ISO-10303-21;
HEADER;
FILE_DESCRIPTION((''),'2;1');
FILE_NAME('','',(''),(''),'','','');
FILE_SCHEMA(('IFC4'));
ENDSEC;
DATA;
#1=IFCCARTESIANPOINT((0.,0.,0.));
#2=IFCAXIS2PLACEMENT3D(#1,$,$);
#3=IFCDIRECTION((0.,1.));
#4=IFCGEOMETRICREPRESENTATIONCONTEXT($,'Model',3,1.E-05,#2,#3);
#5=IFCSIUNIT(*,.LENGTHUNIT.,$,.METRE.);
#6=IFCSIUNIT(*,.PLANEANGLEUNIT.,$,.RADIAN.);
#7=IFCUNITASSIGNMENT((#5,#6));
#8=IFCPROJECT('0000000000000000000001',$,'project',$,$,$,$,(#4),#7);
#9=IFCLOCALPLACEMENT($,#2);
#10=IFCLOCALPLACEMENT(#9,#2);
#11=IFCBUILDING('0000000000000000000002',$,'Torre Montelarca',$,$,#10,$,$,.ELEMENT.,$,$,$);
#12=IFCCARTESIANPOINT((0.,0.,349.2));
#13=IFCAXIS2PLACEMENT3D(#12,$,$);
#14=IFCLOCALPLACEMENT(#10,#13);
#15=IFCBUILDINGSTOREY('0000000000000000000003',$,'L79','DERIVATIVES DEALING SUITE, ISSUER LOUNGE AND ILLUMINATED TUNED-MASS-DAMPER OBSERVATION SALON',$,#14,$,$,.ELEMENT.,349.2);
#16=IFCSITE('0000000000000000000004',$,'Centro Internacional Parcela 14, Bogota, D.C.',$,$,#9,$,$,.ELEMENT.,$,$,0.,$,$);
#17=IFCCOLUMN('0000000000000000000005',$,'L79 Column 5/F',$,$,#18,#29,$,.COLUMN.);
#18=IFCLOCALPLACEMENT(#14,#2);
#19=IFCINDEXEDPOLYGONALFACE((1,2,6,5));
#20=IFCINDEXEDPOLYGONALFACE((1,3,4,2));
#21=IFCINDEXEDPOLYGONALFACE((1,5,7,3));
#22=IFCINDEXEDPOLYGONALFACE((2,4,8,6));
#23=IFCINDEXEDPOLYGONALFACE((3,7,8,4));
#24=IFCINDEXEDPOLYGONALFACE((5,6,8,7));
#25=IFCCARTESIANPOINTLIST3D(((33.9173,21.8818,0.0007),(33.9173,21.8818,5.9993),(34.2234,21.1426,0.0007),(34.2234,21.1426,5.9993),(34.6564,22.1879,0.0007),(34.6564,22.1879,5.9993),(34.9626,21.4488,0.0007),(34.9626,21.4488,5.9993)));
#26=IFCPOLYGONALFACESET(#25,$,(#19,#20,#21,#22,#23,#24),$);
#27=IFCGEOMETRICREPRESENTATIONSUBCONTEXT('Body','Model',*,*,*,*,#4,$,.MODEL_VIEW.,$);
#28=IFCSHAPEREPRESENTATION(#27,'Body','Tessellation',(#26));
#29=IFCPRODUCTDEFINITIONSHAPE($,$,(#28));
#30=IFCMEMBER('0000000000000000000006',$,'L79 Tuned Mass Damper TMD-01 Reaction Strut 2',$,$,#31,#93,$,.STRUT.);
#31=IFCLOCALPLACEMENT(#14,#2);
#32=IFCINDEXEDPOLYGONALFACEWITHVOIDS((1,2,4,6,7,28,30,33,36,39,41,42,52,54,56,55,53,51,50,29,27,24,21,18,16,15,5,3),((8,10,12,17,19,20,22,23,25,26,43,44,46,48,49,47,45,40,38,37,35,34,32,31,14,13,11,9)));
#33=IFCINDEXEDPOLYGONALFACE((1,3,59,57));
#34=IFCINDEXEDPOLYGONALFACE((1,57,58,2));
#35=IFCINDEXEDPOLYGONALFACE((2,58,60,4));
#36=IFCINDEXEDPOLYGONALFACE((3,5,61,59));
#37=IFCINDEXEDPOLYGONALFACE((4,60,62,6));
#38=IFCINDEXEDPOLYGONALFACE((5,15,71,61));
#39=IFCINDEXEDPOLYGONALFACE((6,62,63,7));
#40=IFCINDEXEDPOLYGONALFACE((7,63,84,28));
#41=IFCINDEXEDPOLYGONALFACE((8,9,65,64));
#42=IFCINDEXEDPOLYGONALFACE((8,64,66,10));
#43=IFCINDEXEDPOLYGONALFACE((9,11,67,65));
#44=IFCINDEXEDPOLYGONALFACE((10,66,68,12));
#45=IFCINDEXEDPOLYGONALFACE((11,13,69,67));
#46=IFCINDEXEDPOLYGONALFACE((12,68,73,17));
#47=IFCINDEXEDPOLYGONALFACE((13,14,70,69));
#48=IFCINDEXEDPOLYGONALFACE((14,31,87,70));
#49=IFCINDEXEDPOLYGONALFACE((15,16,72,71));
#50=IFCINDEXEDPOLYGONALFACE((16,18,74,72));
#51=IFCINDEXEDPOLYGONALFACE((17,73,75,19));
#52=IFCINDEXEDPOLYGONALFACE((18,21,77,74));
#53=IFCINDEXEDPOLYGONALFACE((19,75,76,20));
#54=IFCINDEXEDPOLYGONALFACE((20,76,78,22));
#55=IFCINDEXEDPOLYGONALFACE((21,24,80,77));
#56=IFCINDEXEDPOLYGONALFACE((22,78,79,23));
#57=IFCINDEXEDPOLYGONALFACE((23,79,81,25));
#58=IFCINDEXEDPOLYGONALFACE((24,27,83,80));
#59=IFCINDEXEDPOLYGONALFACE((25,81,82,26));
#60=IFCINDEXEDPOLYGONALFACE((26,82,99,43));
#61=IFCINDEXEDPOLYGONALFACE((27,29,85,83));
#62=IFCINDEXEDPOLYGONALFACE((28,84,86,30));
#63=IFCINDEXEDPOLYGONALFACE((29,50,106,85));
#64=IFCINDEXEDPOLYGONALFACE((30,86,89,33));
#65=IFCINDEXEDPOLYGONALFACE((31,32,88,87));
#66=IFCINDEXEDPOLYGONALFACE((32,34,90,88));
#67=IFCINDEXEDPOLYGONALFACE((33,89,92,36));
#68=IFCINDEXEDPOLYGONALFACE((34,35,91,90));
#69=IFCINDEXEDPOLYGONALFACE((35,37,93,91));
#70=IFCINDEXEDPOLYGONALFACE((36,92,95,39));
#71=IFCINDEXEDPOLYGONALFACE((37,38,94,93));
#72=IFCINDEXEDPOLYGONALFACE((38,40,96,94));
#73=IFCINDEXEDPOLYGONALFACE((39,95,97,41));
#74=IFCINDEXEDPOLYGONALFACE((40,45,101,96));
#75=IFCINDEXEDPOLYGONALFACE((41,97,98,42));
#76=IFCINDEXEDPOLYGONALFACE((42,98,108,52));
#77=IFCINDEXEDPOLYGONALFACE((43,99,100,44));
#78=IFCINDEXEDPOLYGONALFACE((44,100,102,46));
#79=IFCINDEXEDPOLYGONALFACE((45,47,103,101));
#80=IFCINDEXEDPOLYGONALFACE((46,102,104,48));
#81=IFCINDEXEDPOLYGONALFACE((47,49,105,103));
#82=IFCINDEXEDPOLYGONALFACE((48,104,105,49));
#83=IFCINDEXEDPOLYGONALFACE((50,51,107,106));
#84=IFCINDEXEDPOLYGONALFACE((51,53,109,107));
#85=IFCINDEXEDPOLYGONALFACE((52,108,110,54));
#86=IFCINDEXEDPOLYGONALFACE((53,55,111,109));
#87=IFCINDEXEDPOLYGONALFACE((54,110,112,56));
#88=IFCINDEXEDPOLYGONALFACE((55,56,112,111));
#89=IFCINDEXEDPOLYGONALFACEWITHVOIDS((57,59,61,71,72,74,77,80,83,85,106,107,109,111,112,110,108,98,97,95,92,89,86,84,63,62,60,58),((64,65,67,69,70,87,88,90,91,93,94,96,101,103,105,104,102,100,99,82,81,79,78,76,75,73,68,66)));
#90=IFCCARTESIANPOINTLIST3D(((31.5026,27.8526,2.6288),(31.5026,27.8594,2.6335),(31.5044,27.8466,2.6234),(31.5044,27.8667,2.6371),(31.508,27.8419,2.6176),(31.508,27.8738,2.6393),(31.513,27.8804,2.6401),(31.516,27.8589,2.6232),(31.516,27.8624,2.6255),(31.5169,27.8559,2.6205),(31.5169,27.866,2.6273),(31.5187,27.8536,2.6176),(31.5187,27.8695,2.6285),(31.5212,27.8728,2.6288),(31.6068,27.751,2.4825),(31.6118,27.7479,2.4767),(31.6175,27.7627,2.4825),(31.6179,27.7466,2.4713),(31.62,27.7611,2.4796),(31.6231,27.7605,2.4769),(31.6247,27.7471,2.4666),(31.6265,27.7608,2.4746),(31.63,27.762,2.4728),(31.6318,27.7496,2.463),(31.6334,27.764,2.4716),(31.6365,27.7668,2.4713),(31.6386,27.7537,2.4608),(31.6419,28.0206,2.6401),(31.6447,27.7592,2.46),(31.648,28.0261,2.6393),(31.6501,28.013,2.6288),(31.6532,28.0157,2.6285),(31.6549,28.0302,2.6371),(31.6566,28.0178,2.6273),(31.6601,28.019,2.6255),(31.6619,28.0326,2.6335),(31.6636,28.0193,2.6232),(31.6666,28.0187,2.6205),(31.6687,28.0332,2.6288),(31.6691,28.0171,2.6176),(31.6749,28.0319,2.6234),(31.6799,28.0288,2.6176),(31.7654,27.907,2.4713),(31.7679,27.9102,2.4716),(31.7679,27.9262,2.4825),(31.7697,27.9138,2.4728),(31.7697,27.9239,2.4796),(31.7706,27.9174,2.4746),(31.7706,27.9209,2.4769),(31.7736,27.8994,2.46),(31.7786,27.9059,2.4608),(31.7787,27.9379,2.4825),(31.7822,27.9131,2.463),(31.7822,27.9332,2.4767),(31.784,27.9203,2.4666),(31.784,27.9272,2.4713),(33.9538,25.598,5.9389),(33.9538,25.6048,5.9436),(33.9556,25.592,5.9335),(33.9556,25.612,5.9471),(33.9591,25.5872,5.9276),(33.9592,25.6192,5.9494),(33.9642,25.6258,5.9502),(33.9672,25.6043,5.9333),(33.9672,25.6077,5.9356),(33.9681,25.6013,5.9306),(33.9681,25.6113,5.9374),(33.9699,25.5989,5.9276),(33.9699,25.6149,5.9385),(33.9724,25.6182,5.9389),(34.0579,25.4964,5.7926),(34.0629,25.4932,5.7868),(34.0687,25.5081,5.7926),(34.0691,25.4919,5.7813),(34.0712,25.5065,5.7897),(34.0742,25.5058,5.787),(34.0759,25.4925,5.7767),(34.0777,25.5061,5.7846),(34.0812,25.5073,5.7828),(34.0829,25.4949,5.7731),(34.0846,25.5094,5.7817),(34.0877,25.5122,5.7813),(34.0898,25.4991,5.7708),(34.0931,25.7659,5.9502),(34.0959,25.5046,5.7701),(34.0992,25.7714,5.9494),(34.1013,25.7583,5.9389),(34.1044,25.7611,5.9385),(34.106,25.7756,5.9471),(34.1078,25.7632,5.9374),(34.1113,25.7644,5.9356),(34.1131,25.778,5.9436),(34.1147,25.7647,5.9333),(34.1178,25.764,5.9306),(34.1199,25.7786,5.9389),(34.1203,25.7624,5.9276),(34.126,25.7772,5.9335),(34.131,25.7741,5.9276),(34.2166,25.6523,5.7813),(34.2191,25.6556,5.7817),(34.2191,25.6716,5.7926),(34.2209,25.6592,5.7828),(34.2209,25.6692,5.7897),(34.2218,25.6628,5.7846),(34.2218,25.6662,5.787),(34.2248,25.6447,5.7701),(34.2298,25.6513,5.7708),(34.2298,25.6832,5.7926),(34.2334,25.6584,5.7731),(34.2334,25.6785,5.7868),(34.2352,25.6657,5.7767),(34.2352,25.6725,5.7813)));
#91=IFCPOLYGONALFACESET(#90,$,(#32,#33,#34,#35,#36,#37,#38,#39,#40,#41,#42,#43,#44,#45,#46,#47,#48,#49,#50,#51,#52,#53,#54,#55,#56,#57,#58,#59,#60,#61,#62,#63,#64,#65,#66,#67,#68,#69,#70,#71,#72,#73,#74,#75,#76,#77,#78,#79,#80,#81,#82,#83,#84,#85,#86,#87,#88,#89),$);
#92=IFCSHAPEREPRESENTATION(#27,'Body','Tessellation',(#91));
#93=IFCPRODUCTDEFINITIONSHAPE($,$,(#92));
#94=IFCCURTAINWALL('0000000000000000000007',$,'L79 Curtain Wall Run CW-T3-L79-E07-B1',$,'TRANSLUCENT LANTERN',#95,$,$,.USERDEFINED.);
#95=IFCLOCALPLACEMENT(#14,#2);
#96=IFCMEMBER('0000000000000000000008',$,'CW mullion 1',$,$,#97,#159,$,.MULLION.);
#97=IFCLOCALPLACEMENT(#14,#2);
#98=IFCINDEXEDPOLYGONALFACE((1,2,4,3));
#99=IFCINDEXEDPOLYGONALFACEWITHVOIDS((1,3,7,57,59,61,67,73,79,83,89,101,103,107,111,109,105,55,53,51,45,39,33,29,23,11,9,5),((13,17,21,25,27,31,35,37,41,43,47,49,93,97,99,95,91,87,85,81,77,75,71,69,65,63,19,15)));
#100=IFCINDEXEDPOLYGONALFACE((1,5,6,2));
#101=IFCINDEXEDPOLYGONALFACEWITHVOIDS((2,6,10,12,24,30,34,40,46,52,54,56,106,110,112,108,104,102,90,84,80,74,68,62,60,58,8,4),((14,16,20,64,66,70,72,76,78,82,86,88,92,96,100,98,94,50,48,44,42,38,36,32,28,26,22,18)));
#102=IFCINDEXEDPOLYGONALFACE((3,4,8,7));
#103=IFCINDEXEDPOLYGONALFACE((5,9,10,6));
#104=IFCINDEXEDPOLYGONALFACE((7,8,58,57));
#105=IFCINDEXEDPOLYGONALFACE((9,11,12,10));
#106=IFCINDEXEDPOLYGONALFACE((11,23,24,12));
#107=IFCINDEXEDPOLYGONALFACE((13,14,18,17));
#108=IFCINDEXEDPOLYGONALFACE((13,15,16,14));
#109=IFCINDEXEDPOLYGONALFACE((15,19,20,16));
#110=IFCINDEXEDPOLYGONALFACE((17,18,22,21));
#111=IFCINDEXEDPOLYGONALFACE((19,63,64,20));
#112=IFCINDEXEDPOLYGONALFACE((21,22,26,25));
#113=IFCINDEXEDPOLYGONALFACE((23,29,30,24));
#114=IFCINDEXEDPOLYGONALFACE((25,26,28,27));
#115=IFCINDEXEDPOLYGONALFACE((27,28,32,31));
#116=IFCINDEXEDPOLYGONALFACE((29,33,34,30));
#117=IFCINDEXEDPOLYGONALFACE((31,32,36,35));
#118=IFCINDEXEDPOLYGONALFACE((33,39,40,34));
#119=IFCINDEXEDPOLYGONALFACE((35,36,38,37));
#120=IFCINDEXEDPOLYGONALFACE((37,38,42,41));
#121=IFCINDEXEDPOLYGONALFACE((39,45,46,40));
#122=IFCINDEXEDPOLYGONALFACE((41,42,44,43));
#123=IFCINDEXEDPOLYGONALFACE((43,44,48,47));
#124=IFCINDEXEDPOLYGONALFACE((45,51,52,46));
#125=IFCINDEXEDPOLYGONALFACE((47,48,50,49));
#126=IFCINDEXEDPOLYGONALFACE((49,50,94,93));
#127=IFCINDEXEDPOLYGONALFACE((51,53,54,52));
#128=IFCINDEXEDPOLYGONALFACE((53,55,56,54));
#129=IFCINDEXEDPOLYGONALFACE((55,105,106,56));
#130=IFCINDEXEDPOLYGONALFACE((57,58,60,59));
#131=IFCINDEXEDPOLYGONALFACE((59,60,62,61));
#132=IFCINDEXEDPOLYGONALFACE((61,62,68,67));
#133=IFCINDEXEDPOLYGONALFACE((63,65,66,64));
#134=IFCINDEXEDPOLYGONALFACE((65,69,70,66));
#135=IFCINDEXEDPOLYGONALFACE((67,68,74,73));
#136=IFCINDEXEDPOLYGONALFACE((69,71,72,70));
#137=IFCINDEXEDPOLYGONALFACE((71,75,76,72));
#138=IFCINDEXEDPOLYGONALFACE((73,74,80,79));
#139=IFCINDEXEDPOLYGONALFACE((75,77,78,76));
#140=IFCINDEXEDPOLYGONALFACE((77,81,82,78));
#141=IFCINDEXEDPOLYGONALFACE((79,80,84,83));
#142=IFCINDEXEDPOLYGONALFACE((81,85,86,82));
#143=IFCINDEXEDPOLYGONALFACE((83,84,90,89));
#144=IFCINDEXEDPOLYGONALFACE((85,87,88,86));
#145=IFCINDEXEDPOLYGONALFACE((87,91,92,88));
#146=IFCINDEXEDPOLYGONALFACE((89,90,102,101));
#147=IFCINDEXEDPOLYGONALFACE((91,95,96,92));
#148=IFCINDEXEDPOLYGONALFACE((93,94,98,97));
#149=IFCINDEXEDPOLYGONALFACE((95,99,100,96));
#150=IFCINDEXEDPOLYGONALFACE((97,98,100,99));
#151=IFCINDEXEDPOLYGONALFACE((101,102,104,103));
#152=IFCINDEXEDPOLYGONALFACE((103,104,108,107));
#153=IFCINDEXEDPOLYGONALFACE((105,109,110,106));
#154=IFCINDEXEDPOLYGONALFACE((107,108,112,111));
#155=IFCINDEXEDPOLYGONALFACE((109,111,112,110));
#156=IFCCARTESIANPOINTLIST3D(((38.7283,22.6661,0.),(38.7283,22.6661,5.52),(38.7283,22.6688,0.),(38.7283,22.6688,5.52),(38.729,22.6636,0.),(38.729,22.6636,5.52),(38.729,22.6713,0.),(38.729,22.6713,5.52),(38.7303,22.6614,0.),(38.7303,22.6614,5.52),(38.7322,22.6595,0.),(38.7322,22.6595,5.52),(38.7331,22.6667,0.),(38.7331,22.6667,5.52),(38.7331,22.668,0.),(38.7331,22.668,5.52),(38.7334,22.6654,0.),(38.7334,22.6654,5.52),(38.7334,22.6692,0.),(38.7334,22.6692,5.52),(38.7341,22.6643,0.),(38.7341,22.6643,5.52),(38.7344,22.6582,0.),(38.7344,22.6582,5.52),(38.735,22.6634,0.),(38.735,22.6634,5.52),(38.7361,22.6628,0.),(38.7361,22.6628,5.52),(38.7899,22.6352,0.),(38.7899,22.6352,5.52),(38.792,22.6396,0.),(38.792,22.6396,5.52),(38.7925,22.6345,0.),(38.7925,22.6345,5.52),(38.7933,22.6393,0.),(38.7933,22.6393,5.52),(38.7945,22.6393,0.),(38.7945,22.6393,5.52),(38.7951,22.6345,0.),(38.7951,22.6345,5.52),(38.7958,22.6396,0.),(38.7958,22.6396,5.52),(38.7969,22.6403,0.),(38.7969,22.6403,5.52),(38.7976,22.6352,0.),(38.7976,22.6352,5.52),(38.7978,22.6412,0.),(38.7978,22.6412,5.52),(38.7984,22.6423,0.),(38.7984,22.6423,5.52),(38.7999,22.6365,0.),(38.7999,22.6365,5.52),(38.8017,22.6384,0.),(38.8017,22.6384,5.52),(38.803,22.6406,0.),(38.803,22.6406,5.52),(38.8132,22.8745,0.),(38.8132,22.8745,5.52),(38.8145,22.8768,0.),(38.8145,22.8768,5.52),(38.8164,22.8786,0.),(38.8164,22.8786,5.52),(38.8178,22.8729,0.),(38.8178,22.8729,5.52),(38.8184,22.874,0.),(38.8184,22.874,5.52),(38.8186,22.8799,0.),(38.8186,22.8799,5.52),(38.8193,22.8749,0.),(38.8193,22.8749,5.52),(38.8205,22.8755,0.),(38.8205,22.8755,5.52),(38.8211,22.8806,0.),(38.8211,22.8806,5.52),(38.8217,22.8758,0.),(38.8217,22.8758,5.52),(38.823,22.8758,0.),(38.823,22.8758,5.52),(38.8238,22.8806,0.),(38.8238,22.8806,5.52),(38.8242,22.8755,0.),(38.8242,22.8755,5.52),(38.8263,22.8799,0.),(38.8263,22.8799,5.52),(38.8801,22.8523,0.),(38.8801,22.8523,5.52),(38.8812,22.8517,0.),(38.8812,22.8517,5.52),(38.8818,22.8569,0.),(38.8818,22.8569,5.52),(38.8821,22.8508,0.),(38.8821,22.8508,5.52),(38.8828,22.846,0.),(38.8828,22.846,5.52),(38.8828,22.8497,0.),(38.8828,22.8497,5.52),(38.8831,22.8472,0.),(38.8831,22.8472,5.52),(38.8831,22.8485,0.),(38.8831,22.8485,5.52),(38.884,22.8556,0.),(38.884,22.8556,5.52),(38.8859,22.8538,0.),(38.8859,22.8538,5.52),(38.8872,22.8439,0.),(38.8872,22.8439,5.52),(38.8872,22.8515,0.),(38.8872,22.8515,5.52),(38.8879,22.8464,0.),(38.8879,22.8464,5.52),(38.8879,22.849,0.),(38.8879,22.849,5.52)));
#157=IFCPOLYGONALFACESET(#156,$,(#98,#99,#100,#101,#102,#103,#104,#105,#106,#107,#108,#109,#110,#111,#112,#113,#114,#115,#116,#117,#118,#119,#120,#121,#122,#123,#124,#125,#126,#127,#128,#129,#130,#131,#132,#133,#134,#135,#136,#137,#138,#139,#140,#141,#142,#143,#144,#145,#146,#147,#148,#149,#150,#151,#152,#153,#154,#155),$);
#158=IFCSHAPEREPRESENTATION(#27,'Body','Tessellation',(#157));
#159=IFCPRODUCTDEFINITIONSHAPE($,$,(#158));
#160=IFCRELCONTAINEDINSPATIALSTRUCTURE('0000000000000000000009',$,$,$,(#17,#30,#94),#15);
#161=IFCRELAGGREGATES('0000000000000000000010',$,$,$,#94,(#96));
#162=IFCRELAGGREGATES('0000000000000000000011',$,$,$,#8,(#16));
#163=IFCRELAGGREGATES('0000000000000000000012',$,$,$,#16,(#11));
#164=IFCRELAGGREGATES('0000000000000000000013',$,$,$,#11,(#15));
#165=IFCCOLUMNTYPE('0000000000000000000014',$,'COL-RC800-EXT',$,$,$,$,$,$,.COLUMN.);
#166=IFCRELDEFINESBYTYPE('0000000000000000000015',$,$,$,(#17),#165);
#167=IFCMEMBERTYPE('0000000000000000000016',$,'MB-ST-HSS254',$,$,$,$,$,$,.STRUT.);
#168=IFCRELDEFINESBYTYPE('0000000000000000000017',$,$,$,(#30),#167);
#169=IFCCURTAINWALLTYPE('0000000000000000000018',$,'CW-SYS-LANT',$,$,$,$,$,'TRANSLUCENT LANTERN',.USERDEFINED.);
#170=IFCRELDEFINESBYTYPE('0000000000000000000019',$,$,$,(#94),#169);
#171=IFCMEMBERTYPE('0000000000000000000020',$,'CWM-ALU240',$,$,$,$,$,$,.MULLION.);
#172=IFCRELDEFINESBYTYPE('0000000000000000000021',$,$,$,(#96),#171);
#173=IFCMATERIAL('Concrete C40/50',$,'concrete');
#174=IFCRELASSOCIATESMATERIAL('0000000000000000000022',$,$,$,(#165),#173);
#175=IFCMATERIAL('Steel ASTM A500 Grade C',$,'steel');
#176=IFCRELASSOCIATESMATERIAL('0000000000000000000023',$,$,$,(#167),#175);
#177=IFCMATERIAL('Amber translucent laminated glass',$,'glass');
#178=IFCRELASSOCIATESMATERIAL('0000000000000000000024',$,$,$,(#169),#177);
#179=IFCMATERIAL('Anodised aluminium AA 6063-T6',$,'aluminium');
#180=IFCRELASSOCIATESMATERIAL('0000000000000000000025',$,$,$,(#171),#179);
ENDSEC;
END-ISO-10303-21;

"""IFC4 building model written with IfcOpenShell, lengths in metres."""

from ifc_helpers import new_model, si_unit, direction, frame, origin, origin_2d, place, context, subcontext, project, spatial, rectangle, hollow_rectangle, extrude, source, transform, mapped, material, material_profile, profile_set, type_object, element, aggregate, save


model = new_model("IFC4")

# Units and contexts
model_context = context("Model", 3, precision=1e-05, world=origin(), true_north=direction((0.0, 1.0)))
body_context = subcontext(model_context, "Body", "Model", "MODEL_VIEW")
ifc_project = project(units=[si_unit("LENGTHUNIT", "METRE"), si_unit("PLANEANGLEUNIT", "RADIAN")], contexts=[model_context])

# Site, building, storey
site_placement = place(None, origin())
site = spatial("IfcSite", under=ifc_project, at=site_placement, Name="Centro Internacional Parcela 14, Bogota, D.C.", CompositionType="ELEMENT", RefElevation=0.0)
building_placement = place(site_placement, origin())
building = spatial("IfcBuilding", under=site, at=building_placement, Name="Torre Montelarca", CompositionType="ELEMENT")
storey_placement = place(building_placement, frame((0.0, 0.0, 349.2)))
storey = spatial("IfcBuildingStorey", under=building, at=storey_placement, Name="L79", Description="DERIVATIVES DEALING SUITE, ISSUER LOUNGE AND ILLUMINATED TUNED-MASS-DAMPER OBSERVATION SALON", CompositionType="ELEMENT", Elevation=349.2)

# Column
ifc_material_1 = material(Name="Concrete C40/50", Category="concrete")
ifc_material_profile_1 = material_profile(ifc_material_1, rectangle(XDim=0.8, YDim=0.8, at=origin_2d()), Name="RC800X800", Category="concrete")
ifc_profile_set_1 = profile_set([ifc_material_profile_1], Name="Concrete C40/50")
column_type = type_object("IfcColumnType", Name="COL-RC800-EXT", PredefinedType="COLUMN", material=ifc_profile_set_1)
shared_shape_1 = source(origin(), body_context, "Body", "SweptSolid", [
    extrude(rectangle(XDim=0.8, YDim=0.8, at=origin_2d()), origin(), (0.0, 0.0, 1.0), 5.9985),
])
column_placement = place(storey_placement, frame((34.4399, 21.6653, 0.0007), z_axis=(0.0, 0.0, 1.0), x_axis=(-0.382683, 0.92388, 0.0)))
element("IfcColumn", 1, at=column_placement, inside=storey, type_object=column_type, Name="L79 Column 5/F", PredefinedType="COLUMN", context=body_context, shape_type="MappedRepresentation", body=[
    mapped(shared_shape_1, transform((0.0, 0.0, 0.0), scale=1.0)),
])

# Member
ifc_material_2 = material(Name="Steel ASTM A500 Grade C", Category="steel")
ifc_material_profile_2 = material_profile(ifc_material_2, hollow_rectangle(XDim=0.2539, YDim=0.2539, WallThickness=0.0159, InnerFilletRadius=0.0159, OuterFilletRadius=0.0317, at=origin_2d()), Name="HSS254X254X15.9", Category="steel")
ifc_profile_set_2 = profile_set([ifc_material_profile_2], Name="Steel ASTM A500 Grade C")
member_type_1 = type_object("IfcMemberType", Name="MB-ST-HSS254", PredefinedType="STRUT", material=ifc_profile_set_2)
shared_shape_2 = source(origin(), body_context, "Body", "SweptSolid", [
    extrude(hollow_rectangle(XDim=0.2539, YDim=0.2539, WallThickness=0.0159, InnerFilletRadius=0.0159, OuterFilletRadius=0.0317, at=origin_2d()), origin(), (0.0, 0.0, 1.0), 4.6956),
])
member_1_placement = place(storey_placement, frame((31.6433, 27.8899, 2.55), z_axis=(0.522021, -0.480166, 0.704936), x_axis=(0.676985, 0.735997, 0.0)))
element("IfcMember", 2, at=member_1_placement, inside=storey, type_object=member_type_1, Name="L79 Tuned Mass Damper TMD-01 Reaction Strut 2", PredefinedType="STRUT", context=body_context, shape_type="MappedRepresentation", body=[
    mapped(shared_shape_2, transform((0.0, 0.0, 0.0), scale=1.0)),
])

# Curtain wall, member
ifc_material_3 = material(Name="Amber translucent laminated glass", Category="glass")
curtain_wall_type = type_object("IfcCurtainWallType", Name="CW-SYS-LANT", ElementType="TRANSLUCENT LANTERN", PredefinedType="USERDEFINED", material=ifc_material_3)
curtain_wall_placement = place(storey_placement, origin())
curtain_wall = element("IfcCurtainWall", 3, at=curtain_wall_placement, inside=storey, type_object=curtain_wall_type, Name="L79 Curtain Wall Run CW-T3-L79-E07-B1", ObjectType="TRANSLUCENT LANTERN", PredefinedType="USERDEFINED")
ifc_material_4 = material(Name="Anodised aluminium AA 6063-T6", Category="aluminium")
ifc_material_profile_3 = material_profile(ifc_material_4, hollow_rectangle(XDim=0.0801, YDim=0.24, WallThickness=0.0049, InnerFilletRadius=0.0049, OuterFilletRadius=0.01, at=origin_2d()), Name="ALU80X240X5", Category="aluminium")
ifc_profile_set_3 = profile_set([ifc_material_profile_3], Name="Anodised aluminium AA 6063-T6")
member_type_2 = type_object("IfcMemberType", Name="CWM-ALU240", PredefinedType="MULLION", material=ifc_profile_set_3)
shared_shape_3 = source(origin(), body_context, "Body", "SweptSolid", [
    extrude(hollow_rectangle(XDim=0.0801, YDim=0.24, WallThickness=0.0049, InnerFilletRadius=0.0049, OuterFilletRadius=0.01, at=origin_2d()), origin(), (0.0, 0.0, 1.0), 5.52),
])
member_2_placement = place(storey_placement, frame((38.8081, 22.7576, 0.0), z_axis=(0.0, 0.0, 1.0), x_axis=(-0.923881, 0.382681, 0.0)))
member_2 = element("IfcMember", 4, at=member_2_placement, type_object=member_type_2, Name="CW mullion 1", PredefinedType="MULLION", context=body_context, shape_type="MappedRepresentation", body=[
    mapped(shared_shape_3, transform((0.0, 0.0, 0.0), scale=1.0)),
])

aggregate(curtain_wall, [member_2])

save(model, "model.ifc")
